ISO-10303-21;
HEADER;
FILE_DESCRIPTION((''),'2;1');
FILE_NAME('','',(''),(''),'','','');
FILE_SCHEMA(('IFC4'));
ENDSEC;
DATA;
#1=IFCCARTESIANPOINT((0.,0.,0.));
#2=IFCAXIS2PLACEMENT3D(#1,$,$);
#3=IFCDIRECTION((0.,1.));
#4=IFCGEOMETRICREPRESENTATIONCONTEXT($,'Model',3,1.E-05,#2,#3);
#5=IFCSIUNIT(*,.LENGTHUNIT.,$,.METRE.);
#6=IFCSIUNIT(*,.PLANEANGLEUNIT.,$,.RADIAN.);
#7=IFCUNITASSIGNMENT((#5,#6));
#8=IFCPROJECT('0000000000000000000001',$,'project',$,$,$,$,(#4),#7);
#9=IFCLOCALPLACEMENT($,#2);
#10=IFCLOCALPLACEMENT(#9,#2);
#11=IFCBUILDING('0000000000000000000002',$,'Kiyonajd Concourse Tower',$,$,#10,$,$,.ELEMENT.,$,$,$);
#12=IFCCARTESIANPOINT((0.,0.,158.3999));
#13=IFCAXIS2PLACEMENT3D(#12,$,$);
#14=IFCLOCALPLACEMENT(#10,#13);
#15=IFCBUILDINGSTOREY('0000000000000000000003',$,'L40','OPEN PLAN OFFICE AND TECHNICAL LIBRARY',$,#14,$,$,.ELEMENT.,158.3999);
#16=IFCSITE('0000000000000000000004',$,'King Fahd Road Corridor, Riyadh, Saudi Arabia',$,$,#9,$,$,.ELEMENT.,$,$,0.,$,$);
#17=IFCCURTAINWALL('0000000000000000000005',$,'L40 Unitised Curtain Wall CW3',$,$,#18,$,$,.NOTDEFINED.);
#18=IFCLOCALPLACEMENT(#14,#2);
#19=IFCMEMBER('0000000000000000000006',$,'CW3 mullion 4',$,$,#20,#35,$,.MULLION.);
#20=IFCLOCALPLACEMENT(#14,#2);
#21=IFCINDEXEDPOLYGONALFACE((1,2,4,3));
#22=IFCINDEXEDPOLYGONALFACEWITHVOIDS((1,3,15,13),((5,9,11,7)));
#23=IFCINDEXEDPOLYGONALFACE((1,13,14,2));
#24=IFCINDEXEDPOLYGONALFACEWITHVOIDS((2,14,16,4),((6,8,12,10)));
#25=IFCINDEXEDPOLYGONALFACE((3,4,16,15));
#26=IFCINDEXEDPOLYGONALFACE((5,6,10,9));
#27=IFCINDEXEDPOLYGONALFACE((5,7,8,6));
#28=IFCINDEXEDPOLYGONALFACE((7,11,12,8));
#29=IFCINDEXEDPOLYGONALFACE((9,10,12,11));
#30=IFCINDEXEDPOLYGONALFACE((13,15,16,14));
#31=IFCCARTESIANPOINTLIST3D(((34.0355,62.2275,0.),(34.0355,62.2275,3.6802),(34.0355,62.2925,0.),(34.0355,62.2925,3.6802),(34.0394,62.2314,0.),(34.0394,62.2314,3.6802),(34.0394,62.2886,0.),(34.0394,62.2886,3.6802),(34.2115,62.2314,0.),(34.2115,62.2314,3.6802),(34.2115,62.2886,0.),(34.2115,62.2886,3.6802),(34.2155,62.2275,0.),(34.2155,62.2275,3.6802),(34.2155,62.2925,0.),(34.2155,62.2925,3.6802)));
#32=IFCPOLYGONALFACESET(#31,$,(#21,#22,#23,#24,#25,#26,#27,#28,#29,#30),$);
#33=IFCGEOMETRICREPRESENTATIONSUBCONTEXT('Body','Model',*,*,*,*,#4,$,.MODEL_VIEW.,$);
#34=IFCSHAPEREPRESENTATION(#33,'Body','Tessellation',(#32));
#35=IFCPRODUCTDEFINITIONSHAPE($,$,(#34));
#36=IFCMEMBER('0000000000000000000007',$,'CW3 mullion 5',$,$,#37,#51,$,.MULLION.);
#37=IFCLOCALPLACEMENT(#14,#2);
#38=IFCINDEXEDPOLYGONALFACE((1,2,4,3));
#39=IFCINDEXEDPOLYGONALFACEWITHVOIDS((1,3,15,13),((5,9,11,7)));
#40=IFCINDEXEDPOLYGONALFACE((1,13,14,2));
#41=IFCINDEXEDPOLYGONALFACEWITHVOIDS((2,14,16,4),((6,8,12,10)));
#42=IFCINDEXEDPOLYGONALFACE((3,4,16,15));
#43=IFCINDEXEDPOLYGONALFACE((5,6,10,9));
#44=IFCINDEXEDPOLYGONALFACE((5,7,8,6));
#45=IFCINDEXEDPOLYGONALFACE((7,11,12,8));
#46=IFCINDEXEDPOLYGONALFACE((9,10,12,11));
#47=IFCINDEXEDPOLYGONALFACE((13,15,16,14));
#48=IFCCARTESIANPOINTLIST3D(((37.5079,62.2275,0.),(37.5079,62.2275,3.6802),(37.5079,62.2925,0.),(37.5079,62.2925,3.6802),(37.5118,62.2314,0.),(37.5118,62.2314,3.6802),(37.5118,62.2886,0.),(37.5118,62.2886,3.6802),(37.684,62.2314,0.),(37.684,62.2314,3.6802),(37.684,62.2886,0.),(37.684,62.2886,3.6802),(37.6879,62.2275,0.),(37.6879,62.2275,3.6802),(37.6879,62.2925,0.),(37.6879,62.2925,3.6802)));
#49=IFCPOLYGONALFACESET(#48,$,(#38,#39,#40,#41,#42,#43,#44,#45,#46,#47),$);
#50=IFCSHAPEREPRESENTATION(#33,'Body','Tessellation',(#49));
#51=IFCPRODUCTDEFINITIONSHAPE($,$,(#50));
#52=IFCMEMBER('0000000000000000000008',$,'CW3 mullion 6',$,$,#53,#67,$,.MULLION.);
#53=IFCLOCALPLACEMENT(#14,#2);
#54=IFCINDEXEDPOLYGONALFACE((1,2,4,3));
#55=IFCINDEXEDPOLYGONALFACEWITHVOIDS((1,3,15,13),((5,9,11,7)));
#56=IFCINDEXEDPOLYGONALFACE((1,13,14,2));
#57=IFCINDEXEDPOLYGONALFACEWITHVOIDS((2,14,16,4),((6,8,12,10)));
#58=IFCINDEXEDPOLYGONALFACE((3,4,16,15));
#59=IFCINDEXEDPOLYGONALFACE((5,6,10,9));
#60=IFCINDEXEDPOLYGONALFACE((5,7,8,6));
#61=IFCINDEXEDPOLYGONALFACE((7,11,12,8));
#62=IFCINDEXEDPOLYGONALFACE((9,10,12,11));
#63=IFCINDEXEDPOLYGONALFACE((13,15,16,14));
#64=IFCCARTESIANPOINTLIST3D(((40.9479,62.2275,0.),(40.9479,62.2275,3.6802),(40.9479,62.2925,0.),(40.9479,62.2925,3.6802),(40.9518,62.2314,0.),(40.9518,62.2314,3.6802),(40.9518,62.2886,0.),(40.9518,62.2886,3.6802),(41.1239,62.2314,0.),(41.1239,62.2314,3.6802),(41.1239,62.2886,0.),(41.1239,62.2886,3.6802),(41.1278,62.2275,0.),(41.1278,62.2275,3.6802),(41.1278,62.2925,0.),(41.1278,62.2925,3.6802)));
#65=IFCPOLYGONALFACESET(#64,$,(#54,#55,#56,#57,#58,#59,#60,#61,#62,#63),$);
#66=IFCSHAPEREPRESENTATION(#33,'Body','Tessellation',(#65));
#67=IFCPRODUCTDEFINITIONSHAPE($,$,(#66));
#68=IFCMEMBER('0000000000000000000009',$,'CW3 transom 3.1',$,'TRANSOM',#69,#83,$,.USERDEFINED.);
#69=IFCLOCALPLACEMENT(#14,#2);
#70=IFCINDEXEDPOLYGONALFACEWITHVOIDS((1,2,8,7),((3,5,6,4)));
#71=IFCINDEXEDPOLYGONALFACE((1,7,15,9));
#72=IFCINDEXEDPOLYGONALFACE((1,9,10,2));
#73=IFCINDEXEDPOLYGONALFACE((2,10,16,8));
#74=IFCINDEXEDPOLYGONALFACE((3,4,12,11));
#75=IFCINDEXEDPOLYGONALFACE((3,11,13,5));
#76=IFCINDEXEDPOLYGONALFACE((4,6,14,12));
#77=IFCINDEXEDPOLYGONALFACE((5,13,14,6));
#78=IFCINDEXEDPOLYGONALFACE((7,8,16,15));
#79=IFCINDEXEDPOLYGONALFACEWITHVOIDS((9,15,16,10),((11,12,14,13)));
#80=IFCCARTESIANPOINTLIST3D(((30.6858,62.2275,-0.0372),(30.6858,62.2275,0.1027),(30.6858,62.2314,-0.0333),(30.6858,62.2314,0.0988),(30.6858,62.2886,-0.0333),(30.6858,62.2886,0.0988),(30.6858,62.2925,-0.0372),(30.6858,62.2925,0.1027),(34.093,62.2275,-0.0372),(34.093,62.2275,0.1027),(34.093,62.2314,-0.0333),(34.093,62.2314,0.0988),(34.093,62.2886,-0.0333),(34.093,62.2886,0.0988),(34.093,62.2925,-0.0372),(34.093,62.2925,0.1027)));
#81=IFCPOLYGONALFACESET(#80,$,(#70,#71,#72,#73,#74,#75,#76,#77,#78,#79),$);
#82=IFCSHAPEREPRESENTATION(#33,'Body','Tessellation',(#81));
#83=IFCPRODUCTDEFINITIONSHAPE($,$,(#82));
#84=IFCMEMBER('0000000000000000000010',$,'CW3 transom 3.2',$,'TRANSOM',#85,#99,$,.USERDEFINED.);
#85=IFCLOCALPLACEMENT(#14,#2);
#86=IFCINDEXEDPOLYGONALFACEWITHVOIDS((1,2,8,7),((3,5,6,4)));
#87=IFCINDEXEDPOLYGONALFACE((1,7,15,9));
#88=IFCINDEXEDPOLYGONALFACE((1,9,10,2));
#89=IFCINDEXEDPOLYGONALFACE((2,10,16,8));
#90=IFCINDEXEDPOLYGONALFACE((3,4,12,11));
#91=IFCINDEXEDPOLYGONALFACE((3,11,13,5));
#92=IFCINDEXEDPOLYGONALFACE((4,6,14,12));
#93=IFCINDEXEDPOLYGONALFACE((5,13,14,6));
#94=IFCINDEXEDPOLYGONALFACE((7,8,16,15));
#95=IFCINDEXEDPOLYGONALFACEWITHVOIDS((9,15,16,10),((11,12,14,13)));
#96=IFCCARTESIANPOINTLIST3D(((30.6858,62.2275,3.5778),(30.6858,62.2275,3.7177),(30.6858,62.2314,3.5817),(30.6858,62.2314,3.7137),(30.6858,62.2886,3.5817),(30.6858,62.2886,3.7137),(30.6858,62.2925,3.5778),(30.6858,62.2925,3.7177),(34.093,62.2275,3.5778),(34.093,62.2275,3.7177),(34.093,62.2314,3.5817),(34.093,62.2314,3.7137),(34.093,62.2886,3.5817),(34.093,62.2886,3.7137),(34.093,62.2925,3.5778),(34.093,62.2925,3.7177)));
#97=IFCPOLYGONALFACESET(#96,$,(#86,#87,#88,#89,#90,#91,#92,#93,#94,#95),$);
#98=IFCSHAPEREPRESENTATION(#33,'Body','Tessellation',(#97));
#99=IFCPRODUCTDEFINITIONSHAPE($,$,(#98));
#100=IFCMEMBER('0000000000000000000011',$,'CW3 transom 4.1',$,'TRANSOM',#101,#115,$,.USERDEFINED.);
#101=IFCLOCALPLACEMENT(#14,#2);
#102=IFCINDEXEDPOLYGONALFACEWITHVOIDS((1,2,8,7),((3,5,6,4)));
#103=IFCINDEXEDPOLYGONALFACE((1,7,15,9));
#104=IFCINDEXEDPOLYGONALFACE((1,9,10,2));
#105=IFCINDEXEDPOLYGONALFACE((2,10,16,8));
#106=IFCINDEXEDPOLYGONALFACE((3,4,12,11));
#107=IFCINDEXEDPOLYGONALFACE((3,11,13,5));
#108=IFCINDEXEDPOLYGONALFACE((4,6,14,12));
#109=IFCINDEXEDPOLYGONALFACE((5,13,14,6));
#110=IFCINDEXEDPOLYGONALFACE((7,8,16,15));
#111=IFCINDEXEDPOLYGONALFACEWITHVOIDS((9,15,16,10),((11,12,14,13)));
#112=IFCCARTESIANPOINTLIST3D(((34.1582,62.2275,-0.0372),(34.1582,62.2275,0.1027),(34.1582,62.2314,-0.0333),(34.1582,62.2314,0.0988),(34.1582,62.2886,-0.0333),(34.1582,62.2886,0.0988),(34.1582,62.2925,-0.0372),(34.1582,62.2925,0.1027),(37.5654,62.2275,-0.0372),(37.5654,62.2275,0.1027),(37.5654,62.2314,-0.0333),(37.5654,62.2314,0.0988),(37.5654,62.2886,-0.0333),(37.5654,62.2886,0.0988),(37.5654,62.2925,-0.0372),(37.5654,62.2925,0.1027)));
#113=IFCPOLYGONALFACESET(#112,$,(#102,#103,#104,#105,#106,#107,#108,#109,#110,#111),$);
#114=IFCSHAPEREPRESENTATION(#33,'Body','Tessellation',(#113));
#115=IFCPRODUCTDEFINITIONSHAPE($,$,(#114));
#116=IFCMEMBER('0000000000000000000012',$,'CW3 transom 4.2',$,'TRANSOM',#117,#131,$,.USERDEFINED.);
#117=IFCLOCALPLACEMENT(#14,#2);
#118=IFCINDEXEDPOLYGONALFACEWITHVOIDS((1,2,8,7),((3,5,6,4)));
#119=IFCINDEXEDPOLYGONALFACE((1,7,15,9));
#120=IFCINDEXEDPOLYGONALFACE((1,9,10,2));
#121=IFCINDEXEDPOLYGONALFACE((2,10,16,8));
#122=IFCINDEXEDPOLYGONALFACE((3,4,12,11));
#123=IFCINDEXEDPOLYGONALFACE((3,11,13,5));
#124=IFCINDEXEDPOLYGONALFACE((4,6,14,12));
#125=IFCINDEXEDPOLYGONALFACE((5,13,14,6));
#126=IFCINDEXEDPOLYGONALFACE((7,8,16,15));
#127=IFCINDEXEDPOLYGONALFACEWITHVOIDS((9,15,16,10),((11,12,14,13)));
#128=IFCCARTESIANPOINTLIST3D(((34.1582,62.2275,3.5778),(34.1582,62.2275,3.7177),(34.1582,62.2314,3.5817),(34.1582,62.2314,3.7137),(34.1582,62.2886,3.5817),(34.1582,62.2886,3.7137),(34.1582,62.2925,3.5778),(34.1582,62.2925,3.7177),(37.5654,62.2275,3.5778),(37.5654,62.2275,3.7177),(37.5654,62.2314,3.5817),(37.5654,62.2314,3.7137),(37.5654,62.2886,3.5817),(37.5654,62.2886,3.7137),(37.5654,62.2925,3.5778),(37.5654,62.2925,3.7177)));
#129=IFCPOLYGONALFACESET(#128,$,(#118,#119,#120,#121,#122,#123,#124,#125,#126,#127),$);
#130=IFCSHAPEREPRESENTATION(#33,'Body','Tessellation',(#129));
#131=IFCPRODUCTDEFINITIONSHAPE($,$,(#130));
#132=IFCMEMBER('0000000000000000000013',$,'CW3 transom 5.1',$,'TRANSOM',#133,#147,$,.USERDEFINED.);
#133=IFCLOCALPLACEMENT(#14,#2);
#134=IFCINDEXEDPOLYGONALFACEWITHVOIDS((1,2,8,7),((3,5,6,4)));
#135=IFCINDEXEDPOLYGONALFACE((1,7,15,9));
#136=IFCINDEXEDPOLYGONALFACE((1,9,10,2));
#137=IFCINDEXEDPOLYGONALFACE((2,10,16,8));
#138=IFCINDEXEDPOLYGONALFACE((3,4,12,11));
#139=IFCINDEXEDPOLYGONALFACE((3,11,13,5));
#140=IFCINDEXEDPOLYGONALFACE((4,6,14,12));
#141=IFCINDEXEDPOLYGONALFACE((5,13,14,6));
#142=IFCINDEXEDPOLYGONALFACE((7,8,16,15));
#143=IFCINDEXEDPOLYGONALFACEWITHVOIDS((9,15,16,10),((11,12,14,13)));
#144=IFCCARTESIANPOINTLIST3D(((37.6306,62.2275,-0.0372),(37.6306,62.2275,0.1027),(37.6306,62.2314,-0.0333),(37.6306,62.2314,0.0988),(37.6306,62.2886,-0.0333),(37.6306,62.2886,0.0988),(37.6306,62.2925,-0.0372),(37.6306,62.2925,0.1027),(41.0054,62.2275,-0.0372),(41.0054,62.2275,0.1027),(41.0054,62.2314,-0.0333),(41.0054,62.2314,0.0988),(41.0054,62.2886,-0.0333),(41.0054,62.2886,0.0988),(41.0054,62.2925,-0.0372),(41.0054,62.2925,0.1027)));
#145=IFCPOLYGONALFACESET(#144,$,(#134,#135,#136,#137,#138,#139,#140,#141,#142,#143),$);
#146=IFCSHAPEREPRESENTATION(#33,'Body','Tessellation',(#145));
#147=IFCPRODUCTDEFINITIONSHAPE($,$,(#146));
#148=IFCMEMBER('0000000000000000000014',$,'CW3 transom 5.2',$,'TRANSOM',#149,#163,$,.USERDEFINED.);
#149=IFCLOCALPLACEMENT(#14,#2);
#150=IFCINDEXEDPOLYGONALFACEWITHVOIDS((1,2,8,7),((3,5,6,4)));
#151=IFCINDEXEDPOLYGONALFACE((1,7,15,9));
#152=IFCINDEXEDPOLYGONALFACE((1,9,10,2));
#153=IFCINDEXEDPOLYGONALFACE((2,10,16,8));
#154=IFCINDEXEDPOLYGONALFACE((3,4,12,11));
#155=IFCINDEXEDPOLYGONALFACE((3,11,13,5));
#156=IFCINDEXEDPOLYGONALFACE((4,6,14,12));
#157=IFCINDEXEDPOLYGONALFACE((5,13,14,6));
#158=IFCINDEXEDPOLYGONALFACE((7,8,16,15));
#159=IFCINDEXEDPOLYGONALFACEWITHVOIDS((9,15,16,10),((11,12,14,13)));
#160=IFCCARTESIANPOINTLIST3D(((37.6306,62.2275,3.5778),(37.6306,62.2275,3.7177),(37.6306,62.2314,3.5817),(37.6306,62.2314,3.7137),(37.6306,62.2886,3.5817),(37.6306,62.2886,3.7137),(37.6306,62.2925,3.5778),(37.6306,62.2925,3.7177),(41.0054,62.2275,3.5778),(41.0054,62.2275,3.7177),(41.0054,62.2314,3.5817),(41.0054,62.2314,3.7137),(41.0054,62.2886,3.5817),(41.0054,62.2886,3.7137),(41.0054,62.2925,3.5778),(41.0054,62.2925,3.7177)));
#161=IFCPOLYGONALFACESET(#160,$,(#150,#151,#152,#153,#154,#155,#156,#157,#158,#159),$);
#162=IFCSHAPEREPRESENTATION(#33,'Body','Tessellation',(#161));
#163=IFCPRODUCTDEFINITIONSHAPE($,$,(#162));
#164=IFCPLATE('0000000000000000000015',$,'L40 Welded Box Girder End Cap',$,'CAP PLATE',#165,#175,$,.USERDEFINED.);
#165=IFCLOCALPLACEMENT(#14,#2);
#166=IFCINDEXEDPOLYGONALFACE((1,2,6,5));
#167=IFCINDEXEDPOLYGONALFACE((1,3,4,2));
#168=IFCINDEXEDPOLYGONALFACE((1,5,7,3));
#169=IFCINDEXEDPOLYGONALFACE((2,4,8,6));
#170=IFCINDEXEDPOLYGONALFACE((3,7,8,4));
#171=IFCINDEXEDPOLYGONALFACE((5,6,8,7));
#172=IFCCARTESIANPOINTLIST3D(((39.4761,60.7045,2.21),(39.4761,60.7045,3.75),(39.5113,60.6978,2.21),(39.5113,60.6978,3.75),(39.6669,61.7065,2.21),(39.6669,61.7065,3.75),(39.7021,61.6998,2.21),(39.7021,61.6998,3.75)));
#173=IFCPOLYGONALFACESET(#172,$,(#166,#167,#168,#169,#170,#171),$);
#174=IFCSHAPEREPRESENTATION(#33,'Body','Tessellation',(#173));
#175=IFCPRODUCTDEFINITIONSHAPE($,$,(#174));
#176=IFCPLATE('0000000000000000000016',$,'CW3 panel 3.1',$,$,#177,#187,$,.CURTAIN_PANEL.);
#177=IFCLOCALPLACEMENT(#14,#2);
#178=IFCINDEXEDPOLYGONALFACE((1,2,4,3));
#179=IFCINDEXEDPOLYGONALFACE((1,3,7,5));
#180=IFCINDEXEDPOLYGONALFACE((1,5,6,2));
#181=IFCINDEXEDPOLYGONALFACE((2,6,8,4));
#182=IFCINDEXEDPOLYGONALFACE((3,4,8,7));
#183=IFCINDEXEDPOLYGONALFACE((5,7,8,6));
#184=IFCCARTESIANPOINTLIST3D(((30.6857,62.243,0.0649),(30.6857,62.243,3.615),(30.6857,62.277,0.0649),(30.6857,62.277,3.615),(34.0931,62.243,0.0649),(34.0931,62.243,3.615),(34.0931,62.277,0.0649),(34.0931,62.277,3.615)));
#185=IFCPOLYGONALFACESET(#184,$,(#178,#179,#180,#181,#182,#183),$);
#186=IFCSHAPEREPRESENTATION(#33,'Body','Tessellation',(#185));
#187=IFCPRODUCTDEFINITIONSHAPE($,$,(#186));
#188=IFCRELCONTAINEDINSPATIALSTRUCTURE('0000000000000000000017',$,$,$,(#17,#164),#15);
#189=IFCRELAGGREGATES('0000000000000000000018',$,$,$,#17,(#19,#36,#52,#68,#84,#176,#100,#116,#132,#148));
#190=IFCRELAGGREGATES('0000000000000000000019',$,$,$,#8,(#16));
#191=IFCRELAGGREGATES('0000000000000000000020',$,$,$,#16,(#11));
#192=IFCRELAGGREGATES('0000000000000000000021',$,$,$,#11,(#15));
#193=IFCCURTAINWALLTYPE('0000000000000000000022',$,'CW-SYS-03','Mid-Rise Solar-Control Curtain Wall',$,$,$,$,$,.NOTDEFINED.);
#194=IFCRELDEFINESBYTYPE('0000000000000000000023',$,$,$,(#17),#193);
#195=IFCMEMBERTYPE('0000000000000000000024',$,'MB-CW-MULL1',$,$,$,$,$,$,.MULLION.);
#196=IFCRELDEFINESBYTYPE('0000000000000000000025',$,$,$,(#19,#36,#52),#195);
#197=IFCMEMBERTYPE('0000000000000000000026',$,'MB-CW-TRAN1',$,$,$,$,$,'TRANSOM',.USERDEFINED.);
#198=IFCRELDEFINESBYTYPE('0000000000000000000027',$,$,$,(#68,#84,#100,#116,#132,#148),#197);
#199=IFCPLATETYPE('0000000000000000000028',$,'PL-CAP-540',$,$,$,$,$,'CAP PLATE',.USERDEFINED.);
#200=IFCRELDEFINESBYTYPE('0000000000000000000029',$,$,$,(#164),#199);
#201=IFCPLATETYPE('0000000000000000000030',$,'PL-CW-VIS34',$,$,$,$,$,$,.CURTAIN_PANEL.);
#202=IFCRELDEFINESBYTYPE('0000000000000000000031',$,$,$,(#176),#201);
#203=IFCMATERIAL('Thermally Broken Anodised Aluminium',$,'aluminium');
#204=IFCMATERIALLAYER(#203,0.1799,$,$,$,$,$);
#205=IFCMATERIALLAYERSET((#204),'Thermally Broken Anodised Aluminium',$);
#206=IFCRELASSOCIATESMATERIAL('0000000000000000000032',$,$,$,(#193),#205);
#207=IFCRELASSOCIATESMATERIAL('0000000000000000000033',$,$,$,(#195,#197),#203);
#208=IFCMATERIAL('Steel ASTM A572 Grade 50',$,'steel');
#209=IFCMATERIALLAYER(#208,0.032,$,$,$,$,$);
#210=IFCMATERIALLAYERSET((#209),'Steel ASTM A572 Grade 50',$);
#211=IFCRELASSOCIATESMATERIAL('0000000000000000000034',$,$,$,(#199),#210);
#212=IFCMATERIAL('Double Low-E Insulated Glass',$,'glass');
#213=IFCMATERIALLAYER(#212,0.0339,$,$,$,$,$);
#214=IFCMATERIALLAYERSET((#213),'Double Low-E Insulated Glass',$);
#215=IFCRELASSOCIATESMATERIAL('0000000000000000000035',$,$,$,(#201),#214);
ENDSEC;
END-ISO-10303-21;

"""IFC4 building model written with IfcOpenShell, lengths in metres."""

from ifc_helpers import new_model, si_unit, direction, frame, origin, origin_2d, place, context, subcontext, project, spatial, rectangle, hollow_rectangle, extrude, material, layer, layer_set, material_profile, profile_set, type_object, element, aggregate, save


model = new_model("IFC4")

# Units and contexts
model_context = context("Model", 3, precision=1e-05, world=origin(), true_north=direction((0.0, 1.0)))
body_context = subcontext(model_context, "Body", "Model", "MODEL_VIEW")
ifc_project = project(units=[si_unit("LENGTHUNIT", "METRE"), si_unit("PLANEANGLEUNIT", "RADIAN")], contexts=[model_context])

# Site, building, storey
site_placement = place(None, origin())
site = spatial("IfcSite", under=ifc_project, at=site_placement, Name="King Fahd Road Corridor, Riyadh, Saudi Arabia", CompositionType="ELEMENT", RefElevation=0.0)
building_placement = place(site_placement, origin())
building = spatial("IfcBuilding", under=site, at=building_placement, Name="Kiyonajd Concourse Tower", CompositionType="ELEMENT")
storey_placement = place(building_placement, frame((0.0, 0.0, 158.3999)))
storey = spatial("IfcBuildingStorey", under=building, at=storey_placement, Name="L40", Description="OPEN PLAN OFFICE AND TECHNICAL LIBRARY", CompositionType="ELEMENT", Elevation=158.3999)

# Curtain wall, members
ifc_material_1 = material(Name="Thermally Broken Anodised Aluminium", Category="aluminium")
ifc_layer_1 = layer(ifc_material_1, 0.1799)
ifc_layer_set_1 = layer_set([ifc_layer_1], Name="Thermally Broken Anodised Aluminium")
curtain_wall_type = type_object("IfcCurtainWallType", Name="CW-SYS-03", Description="Mid-Rise Solar-Control Curtain Wall", PredefinedType="NOTDEFINED", material=ifc_layer_set_1)
curtain_wall_placement = place(storey_placement, origin())
curtain_wall = element("IfcCurtainWall", 1, at=curtain_wall_placement, inside=storey, type_object=curtain_wall_type, Name="L40 Unitised Curtain Wall CW3", PredefinedType="NOTDEFINED")
ifc_material_profile_1 = material_profile(ifc_material_1, hollow_rectangle(XDim=0.0649, YDim=0.1799, WallThickness=0.0039, at=origin_2d()), Name="MULL-65x180")
ifc_profile_set_1 = profile_set([ifc_material_profile_1], Name="Thermally Broken Anodised Aluminium")
member_type_1 = type_object("IfcMemberType", Name="MB-CW-MULL1", PredefinedType="MULLION", material=ifc_profile_set_1)
member_1_placement = place(storey_placement, frame((34.1255, 62.26, 0.0), z_axis=(0.0, 0.0, 1.0), x_axis=(0.0, 1.0, 0.0)))
member_1 = element("IfcMember", 2, at=member_1_placement, type_object=member_type_1, Name="CW3 mullion 4", PredefinedType="MULLION", context=body_context, shape_type="SweptSolid", body=[
    extrude(hollow_rectangle(XDim=0.0649, YDim=0.1799, WallThickness=0.0039, at=origin_2d()), origin(), (0.0, 0.0, 1.0), 3.6802),
])
member_2_placement = place(storey_placement, frame((37.5979, 62.26, 0.0), z_axis=(0.0, 0.0, 1.0), x_axis=(0.0, 1.0, 0.0)))
member_2 = element("IfcMember", 3, at=member_2_placement, type_object=member_type_1, Name="CW3 mullion 5", PredefinedType="MULLION", context=body_context, shape_type="SweptSolid", body=[
    extrude(hollow_rectangle(XDim=0.0649, YDim=0.1799, WallThickness=0.0039, at=origin_2d()), origin(), (0.0, 0.0, 1.0), 3.6802),
])
member_3_placement = place(storey_placement, frame((41.0378, 62.26, 0.0), z_axis=(0.0, 0.0, 1.0), x_axis=(0.0, 1.0, 0.0)))
member_3 = element("IfcMember", 4, at=member_3_placement, type_object=member_type_1, Name="CW3 mullion 6", PredefinedType="MULLION", context=body_context, shape_type="SweptSolid", body=[
    extrude(hollow_rectangle(XDim=0.0649, YDim=0.1799, WallThickness=0.0039, at=origin_2d()), origin(), (0.0, 0.0, 1.0), 3.6802),
])
ifc_material_profile_2 = material_profile(ifc_material_1, hollow_rectangle(XDim=0.0649, YDim=0.1399, WallThickness=0.0039, at=origin_2d()), Name="TRAN-65x140")
ifc_profile_set_2 = profile_set([ifc_material_profile_2], Name="Thermally Broken Anodised Aluminium")
member_type_2 = type_object("IfcMemberType", Name="MB-CW-TRAN1", ElementType="TRANSOM", PredefinedType="USERDEFINED", material=ifc_profile_set_2)
member_4_placement = place(storey_placement, frame((30.6858, 62.26, 0.0327), z_axis=(1.0, 0.0, 0.0), x_axis=(0.0, 1.0, 0.0)))
member_4 = element("IfcMember", 5, at=member_4_placement, type_object=member_type_2, Name="CW3 transom 3.1", ObjectType="TRANSOM", PredefinedType="USERDEFINED", context=body_context, shape_type="SweptSolid", body=[
    extrude(hollow_rectangle(XDim=0.0649, YDim=0.1399, WallThickness=0.0039, at=origin_2d()), origin(), (0.0, 0.0, 1.0), 3.4072),
])
member_5_placement = place(storey_placement, frame((30.6858, 62.26, 3.6477), z_axis=(1.0, 0.0, 0.0), x_axis=(0.0, 1.0, 0.0)))
member_5 = element("IfcMember", 6, at=member_5_placement, type_object=member_type_2, Name="CW3 transom 3.2", ObjectType="TRANSOM", PredefinedType="USERDEFINED", context=body_context, shape_type="SweptSolid", body=[
    extrude(hollow_rectangle(XDim=0.0649, YDim=0.1399, WallThickness=0.0039, at=origin_2d()), origin(), (0.0, 0.0, 1.0), 3.4072),
])
member_6_placement = place(storey_placement, frame((34.1582, 62.26, 0.0327), z_axis=(1.0, 0.0, 0.0), x_axis=(0.0, 1.0, 0.0)))
member_6 = element("IfcMember", 7, at=member_6_placement, type_object=member_type_2, Name="CW3 transom 4.1", ObjectType="TRANSOM", PredefinedType="USERDEFINED", context=body_context, shape_type="SweptSolid", body=[
    extrude(hollow_rectangle(XDim=0.0649, YDim=0.1399, WallThickness=0.0039, at=origin_2d()), origin(), (0.0, 0.0, 1.0), 3.4072),
])
member_7_placement = place(storey_placement, frame((34.1582, 62.26, 3.6477), z_axis=(1.0, 0.0, 0.0), x_axis=(0.0, 1.0, 0.0)))
member_7 = element("IfcMember", 8, at=member_7_placement, type_object=member_type_2, Name="CW3 transom 4.2", ObjectType="TRANSOM", PredefinedType="USERDEFINED", context=body_context, shape_type="SweptSolid", body=[
    extrude(hollow_rectangle(XDim=0.0649, YDim=0.1399, WallThickness=0.0039, at=origin_2d()), origin(), (0.0, 0.0, 1.0), 3.4072),
])
member_8_placement = place(storey_placement, frame((37.6306, 62.26, 0.0327), z_axis=(1.0, 0.0, 0.0), x_axis=(0.0, 1.0, 0.0)))
member_8 = element("IfcMember", 9, at=member_8_placement, type_object=member_type_2, Name="CW3 transom 5.1", ObjectType="TRANSOM", PredefinedType="USERDEFINED", context=body_context, shape_type="SweptSolid", body=[
    extrude(hollow_rectangle(XDim=0.0649, YDim=0.1399, WallThickness=0.0039, at=origin_2d()), origin(), (0.0, 0.0, 1.0), 3.3748),
])
member_9_placement = place(storey_placement, frame((37.6306, 62.26, 3.6477), z_axis=(1.0, 0.0, 0.0), x_axis=(0.0, 1.0, 0.0)))
member_9 = element("IfcMember", 10, at=member_9_placement, type_object=member_type_2, Name="CW3 transom 5.2", ObjectType="TRANSOM", PredefinedType="USERDEFINED", context=body_context, shape_type="SweptSolid", body=[
    extrude(hollow_rectangle(XDim=0.0649, YDim=0.1399, WallThickness=0.0039, at=origin_2d()), origin(), (0.0, 0.0, 1.0), 3.3748),
])

# Plates
ifc_material_2 = material(Name="Steel ASTM A572 Grade 50", Category="steel")
ifc_layer_2 = layer(ifc_material_2, 0.032)
ifc_layer_set_2 = layer_set([ifc_layer_2], Name="Steel ASTM A572 Grade 50")
plate_type_1 = type_object("IfcPlateType", Name="PL-CAP-540", ElementType="CAP PLATE", PredefinedType="USERDEFINED", material=ifc_layer_set_2)
plate_1_placement = place(storey_placement, frame((39.5891, 61.2021, 2.21), z_axis=(0.0, 0.0, 1.0), x_axis=(-0.982353, 0.187038, 0.0)))
element("IfcPlate", 11, at=plate_1_placement, inside=storey, type_object=plate_type_1, Name="L40 Welded Box Girder End Cap", ObjectType="CAP PLATE", PredefinedType="USERDEFINED", context=body_context, shape_type="SweptSolid", body=[
    extrude(rectangle(XDim=0.0359, YDim=1.02, at=origin_2d()), origin(), (0.0, 0.0, 1.0), 1.54),
])
ifc_material_3 = material(Name="Double Low-E Insulated Glass", Category="glass")
ifc_layer_3 = layer(ifc_material_3, 0.0339)
ifc_layer_set_3 = layer_set([ifc_layer_3], Name="Double Low-E Insulated Glass")
plate_type_2 = type_object("IfcPlateType", Name="PL-CW-VIS34", PredefinedType="CURTAIN_PANEL", material=ifc_layer_set_3)
plate_2_placement = place(storey_placement, frame((32.3894, 62.26, 0.0649), z_axis=(0.0, 0.0, 1.0), x_axis=(1.0, 0.0, 0.0)))
plate_2 = element("IfcPlate", 12, at=plate_2_placement, type_object=plate_type_2, Name="CW3 panel 3.1", PredefinedType="CURTAIN_PANEL", context=body_context, shape_type="SweptSolid", body=[
    extrude(rectangle(XDim=3.4075, YDim=0.0339, at=origin_2d()), origin(), (0.0, 0.0, 1.0), 3.55),
])
aggregate(curtain_wall, [member_1, member_2, member_3, member_4, member_5, plate_2, member_6, member_7, member_8, member_9])

save(model, "model.ifc")
